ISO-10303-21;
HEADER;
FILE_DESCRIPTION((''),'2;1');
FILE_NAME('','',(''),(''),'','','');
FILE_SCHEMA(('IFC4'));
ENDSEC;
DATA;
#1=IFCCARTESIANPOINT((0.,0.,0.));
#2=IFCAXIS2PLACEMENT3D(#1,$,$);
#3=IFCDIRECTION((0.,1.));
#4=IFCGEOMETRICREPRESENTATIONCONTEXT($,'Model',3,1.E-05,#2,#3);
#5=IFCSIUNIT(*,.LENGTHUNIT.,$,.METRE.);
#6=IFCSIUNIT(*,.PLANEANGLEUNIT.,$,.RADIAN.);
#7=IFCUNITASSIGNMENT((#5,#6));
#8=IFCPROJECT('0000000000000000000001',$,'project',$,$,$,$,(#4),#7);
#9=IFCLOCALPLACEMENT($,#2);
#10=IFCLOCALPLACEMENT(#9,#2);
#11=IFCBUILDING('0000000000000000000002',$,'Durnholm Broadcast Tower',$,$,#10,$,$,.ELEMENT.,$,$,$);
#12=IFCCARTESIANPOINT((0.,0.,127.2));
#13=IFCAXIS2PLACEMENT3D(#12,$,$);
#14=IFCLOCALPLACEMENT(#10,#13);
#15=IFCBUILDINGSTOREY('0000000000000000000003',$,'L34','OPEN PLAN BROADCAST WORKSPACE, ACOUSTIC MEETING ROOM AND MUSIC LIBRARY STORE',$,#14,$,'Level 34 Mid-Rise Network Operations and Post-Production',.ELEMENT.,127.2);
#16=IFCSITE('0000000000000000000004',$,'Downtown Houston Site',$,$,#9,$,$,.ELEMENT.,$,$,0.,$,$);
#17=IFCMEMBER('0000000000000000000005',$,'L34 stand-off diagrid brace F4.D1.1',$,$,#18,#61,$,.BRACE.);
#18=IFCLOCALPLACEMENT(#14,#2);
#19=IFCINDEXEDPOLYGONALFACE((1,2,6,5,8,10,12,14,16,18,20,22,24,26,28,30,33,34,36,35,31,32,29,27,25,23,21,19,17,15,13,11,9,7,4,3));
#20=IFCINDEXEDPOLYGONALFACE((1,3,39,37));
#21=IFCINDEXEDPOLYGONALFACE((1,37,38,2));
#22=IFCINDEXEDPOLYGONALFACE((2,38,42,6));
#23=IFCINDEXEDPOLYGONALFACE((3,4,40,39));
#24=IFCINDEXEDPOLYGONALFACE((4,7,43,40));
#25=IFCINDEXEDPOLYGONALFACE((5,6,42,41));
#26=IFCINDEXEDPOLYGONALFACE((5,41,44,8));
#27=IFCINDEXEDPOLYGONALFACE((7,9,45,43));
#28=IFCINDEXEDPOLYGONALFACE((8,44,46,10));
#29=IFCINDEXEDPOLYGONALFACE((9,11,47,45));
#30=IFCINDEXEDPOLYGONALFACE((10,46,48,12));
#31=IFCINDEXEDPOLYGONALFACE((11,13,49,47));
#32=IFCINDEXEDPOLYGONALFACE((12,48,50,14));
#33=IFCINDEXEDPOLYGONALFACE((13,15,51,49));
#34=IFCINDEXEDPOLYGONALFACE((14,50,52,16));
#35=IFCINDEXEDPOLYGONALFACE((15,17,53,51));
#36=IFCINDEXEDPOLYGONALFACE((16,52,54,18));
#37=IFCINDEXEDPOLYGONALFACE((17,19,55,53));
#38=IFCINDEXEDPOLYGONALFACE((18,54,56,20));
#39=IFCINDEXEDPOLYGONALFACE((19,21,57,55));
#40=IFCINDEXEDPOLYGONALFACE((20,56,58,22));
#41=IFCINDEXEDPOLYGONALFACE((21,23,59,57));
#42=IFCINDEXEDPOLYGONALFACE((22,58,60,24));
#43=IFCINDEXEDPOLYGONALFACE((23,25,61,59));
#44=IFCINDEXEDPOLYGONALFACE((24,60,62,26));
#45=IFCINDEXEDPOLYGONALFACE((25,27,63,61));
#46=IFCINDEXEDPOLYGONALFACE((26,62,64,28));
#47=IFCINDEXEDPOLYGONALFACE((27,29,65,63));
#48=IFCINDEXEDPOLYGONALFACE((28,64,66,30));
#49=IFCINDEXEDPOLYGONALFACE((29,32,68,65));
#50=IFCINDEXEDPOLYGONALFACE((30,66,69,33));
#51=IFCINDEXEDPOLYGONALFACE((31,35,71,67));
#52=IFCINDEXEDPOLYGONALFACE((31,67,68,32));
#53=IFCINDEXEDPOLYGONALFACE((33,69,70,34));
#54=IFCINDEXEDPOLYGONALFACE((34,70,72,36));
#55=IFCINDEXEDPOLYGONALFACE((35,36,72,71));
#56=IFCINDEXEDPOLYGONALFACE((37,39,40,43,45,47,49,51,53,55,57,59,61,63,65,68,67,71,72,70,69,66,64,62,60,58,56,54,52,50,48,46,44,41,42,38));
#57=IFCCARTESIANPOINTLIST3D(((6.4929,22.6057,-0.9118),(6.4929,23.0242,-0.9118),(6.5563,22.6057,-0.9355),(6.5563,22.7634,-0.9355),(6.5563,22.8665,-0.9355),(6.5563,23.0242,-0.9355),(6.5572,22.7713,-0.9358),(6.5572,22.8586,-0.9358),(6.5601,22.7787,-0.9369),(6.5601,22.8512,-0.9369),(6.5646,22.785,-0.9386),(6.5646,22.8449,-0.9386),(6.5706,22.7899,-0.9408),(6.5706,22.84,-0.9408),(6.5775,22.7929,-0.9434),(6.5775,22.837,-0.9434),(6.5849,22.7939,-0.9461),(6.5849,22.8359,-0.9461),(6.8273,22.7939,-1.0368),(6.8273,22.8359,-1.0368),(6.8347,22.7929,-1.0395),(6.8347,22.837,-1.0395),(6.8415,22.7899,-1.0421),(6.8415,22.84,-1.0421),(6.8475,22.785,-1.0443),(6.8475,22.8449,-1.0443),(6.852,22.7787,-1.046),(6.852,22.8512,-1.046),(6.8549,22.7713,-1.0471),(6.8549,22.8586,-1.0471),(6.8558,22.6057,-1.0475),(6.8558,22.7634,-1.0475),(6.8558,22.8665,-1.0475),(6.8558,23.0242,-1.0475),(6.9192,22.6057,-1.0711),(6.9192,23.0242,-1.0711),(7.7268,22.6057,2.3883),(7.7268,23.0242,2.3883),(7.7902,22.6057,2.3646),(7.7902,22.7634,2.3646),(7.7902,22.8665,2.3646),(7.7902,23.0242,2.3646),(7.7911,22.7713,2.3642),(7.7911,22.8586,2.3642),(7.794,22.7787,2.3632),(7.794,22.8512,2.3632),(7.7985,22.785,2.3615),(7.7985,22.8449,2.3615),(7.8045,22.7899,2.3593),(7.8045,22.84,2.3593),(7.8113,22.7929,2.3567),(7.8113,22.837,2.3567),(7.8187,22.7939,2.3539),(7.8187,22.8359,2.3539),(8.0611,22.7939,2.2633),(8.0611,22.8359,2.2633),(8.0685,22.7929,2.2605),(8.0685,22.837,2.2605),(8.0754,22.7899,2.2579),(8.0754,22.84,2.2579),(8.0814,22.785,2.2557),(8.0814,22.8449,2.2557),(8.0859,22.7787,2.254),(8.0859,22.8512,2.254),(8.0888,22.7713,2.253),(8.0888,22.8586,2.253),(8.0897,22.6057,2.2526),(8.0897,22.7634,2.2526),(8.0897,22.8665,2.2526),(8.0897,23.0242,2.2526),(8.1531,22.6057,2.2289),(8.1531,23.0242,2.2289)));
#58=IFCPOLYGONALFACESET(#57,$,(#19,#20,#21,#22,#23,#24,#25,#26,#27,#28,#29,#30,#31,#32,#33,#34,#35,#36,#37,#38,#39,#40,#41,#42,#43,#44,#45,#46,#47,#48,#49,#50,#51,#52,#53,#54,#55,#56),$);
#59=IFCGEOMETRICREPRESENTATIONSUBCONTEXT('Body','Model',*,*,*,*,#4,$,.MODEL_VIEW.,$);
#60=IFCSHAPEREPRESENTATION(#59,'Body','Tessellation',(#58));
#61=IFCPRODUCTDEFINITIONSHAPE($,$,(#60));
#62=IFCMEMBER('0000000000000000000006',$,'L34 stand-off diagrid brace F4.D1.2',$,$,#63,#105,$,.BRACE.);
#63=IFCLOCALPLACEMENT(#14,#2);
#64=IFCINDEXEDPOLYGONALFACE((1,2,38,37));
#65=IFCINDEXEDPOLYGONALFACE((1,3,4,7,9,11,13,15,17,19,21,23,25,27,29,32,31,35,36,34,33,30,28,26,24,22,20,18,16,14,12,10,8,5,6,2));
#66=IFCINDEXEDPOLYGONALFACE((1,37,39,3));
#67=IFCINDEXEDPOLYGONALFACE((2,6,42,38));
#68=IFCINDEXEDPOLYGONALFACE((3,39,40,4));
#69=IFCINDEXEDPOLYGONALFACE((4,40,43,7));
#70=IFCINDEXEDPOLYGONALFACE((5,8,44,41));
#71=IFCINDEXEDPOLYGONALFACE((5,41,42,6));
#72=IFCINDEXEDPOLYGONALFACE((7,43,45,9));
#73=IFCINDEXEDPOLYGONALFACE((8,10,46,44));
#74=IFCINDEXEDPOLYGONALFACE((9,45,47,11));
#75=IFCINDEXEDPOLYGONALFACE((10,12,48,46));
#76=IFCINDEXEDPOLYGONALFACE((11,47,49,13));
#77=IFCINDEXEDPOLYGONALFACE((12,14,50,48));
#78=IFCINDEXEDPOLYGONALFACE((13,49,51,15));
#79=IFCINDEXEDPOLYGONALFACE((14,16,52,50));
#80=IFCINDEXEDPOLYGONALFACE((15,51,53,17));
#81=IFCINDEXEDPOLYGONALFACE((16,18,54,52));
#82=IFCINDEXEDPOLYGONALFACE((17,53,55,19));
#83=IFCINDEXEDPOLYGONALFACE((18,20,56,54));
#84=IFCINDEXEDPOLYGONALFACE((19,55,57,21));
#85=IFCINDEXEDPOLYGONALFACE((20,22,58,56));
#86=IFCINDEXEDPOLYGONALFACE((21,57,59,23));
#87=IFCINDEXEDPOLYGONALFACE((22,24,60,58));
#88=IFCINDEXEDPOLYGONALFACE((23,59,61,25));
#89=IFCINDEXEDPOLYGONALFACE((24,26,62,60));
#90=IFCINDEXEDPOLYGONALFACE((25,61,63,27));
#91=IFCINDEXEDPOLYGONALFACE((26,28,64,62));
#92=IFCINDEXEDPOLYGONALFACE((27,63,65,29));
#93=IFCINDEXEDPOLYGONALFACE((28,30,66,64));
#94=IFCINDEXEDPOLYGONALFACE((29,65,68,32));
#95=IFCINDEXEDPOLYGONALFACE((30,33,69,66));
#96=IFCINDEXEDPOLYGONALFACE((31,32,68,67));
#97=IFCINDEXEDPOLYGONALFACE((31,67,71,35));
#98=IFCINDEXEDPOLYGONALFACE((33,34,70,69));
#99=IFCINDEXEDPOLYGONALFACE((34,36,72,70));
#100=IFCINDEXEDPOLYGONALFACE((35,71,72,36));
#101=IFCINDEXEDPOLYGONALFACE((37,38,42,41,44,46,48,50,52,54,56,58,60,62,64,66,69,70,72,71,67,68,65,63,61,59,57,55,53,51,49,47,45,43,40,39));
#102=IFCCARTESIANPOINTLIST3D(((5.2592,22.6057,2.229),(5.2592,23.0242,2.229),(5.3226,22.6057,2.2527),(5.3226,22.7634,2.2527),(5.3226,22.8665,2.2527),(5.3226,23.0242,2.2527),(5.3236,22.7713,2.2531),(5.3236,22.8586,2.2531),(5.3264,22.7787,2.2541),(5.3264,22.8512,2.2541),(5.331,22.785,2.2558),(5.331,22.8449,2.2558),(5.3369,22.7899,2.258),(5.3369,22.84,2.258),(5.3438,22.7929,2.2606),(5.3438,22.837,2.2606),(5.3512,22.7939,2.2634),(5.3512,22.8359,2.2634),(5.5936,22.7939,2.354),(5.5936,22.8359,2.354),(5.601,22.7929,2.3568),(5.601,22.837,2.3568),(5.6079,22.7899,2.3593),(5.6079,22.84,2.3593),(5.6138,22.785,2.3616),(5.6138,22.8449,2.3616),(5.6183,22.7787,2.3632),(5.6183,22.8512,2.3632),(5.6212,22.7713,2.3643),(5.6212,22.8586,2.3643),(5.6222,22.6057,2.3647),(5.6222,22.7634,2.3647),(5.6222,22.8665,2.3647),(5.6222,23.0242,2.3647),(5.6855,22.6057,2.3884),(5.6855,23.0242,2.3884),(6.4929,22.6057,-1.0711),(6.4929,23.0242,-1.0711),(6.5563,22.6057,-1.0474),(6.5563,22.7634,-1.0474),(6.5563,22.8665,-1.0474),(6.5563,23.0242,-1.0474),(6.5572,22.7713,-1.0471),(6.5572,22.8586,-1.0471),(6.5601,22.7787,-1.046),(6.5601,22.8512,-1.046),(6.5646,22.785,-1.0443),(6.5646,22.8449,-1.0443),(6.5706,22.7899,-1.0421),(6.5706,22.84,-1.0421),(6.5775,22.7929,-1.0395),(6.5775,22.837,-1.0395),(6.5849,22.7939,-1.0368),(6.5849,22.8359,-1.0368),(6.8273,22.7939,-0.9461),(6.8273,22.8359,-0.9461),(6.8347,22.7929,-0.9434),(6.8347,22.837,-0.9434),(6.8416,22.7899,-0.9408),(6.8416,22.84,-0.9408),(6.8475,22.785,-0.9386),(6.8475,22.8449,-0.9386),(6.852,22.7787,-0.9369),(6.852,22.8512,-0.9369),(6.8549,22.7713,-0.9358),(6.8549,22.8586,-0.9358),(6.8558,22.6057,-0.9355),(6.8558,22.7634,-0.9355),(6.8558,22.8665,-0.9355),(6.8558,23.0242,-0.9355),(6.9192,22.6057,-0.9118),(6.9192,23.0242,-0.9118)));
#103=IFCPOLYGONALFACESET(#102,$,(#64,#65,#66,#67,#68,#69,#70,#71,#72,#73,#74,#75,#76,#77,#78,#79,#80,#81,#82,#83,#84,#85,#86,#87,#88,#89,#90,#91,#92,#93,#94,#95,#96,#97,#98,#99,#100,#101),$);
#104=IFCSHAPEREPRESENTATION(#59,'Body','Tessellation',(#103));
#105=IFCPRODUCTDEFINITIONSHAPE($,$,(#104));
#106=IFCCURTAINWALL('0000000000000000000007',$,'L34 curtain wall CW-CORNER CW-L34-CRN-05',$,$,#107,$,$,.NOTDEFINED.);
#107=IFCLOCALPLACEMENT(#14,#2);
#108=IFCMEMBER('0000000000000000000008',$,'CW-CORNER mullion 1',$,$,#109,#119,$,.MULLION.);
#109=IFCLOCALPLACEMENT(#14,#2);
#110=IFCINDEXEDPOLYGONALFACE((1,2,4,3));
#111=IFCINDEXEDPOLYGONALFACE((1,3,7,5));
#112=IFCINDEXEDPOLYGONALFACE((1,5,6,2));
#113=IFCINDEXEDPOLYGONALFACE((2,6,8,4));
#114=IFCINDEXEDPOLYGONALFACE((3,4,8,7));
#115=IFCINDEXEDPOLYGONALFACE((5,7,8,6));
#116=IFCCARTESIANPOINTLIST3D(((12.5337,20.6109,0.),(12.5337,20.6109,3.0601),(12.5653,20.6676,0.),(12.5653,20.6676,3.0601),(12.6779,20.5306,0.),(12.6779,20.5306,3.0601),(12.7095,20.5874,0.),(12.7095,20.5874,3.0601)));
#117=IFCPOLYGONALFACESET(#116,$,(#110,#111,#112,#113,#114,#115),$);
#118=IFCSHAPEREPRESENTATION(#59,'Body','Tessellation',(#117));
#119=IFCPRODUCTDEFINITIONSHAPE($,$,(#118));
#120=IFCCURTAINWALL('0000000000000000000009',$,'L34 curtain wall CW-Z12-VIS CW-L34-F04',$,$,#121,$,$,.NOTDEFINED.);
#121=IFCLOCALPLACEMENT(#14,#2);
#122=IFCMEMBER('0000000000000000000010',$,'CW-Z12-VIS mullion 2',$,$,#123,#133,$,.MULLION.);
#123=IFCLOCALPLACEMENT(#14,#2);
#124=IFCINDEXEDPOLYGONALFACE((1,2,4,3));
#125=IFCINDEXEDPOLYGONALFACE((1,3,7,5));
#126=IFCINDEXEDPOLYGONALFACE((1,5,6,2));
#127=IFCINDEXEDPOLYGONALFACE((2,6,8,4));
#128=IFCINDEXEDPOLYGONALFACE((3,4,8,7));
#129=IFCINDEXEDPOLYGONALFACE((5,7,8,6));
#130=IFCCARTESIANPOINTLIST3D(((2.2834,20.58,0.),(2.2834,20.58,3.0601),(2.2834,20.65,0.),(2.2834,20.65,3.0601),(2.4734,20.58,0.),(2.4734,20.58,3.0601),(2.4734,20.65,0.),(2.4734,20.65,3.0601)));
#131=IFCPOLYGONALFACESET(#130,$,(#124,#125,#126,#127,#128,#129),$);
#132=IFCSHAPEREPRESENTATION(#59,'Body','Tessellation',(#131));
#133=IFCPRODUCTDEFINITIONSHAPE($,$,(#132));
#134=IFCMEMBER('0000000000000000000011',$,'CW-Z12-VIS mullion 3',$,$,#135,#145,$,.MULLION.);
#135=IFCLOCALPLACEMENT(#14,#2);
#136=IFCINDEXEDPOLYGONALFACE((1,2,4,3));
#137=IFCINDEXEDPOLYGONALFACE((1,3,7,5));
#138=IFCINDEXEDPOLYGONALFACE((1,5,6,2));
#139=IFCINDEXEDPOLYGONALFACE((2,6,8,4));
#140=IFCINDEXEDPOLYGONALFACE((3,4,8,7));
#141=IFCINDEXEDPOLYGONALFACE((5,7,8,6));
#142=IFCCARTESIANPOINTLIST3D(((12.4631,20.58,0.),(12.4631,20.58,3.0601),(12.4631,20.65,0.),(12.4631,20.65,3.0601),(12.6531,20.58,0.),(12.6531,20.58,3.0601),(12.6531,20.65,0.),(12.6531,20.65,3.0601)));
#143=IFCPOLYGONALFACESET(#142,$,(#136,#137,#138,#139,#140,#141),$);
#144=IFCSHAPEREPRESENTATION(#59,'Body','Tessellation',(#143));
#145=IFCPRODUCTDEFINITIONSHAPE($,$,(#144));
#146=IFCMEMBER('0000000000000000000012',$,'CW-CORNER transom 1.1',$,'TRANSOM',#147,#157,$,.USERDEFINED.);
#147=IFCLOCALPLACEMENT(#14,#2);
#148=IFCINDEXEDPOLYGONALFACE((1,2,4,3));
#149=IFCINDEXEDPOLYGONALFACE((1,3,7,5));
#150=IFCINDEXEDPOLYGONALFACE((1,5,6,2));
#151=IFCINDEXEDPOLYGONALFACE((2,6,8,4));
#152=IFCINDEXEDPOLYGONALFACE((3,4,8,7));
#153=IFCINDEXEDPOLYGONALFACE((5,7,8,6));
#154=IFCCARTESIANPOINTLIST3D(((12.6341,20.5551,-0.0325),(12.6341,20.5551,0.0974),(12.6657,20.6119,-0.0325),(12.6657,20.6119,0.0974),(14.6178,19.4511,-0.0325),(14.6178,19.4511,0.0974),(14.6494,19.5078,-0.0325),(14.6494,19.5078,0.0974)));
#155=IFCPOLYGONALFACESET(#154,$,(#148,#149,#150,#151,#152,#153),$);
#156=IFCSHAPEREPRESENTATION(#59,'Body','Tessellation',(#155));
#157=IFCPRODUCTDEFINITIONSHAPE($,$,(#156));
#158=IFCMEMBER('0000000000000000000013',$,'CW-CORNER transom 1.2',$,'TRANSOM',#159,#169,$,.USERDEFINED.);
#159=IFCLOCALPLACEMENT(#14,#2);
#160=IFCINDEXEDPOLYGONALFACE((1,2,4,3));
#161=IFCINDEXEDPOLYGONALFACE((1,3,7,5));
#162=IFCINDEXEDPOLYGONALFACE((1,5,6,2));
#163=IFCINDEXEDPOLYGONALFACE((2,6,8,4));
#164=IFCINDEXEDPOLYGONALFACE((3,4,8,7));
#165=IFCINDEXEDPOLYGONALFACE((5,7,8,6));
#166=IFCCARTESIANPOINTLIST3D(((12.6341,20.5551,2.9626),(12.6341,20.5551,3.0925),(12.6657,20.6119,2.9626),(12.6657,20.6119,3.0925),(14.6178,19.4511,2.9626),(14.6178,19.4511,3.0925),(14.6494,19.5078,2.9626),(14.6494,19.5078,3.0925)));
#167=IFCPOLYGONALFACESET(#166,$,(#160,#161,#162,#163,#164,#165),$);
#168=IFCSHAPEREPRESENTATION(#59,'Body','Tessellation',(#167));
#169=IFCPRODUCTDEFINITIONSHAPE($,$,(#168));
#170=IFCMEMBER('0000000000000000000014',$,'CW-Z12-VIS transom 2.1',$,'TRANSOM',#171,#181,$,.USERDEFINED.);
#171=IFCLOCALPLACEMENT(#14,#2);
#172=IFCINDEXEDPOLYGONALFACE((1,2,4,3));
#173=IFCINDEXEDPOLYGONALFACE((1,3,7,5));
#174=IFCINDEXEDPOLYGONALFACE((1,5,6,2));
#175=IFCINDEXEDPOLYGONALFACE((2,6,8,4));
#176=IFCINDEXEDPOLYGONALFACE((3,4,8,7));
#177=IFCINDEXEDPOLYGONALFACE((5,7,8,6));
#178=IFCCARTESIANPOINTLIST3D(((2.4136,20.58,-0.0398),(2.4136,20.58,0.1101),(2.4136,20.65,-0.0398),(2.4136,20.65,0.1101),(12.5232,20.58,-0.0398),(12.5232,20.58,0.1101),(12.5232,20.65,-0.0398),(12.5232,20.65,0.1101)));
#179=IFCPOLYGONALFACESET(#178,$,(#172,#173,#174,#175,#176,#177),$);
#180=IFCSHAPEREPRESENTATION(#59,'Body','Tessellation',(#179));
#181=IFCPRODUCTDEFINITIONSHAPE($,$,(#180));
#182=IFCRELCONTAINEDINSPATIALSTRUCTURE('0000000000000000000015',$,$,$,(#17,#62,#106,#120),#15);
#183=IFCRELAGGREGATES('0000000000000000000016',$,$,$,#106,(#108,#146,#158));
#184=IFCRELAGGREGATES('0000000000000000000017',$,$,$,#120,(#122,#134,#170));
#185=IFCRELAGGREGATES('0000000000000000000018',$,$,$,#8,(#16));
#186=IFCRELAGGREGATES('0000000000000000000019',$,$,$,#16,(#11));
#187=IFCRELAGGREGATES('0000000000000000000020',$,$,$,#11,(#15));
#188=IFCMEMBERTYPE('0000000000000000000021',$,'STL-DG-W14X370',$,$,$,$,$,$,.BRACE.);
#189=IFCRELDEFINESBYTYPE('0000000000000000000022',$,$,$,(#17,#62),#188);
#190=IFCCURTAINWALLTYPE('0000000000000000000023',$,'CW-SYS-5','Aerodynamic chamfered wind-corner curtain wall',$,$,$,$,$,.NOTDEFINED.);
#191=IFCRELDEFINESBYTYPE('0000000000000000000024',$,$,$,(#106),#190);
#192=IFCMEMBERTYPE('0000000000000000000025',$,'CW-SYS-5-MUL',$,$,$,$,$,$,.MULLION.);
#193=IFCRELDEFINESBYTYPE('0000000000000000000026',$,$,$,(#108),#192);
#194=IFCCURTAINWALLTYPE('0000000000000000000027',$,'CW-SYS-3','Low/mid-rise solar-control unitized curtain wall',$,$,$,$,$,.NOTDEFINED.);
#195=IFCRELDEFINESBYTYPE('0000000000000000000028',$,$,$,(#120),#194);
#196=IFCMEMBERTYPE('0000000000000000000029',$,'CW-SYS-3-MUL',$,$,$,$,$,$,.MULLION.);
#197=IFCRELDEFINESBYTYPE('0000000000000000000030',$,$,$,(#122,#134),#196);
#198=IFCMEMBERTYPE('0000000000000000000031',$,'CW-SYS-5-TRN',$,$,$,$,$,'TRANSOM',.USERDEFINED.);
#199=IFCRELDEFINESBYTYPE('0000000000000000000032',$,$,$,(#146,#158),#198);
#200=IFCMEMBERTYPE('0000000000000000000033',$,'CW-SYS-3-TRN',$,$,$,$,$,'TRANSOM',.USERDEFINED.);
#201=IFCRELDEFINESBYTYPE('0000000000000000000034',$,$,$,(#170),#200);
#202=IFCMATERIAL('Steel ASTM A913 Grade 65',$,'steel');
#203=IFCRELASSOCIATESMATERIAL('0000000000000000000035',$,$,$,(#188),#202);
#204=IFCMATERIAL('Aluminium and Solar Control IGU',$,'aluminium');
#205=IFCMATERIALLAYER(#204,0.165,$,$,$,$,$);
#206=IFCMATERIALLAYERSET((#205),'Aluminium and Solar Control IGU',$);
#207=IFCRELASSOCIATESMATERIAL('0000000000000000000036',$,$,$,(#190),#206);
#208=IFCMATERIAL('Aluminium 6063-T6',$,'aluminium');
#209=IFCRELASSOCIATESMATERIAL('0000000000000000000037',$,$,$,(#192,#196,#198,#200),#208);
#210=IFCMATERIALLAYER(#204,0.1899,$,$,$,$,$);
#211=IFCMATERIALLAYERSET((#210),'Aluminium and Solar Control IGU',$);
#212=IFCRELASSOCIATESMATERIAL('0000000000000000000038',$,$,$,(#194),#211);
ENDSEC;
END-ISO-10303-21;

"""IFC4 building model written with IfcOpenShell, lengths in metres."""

from ifc_helpers import new_model, si_unit, direction, frame, origin, origin_2d, place, context, subcontext, project, spatial, rectangle, i_section, extrude, source, transform, mapped, material, layer, layer_set, material_profile, profile_set, type_object, type_shapes, element, aggregate, save


model = new_model("IFC4")

# Units and contexts
model_context = context("Model", 3, precision=1e-05, world=origin(), true_north=direction((0.0, 1.0)))
body_context = subcontext(model_context, "Body", "Model", "MODEL_VIEW")
ifc_project = project(units=[si_unit("LENGTHUNIT", "METRE"), si_unit("PLANEANGLEUNIT", "RADIAN")], contexts=[model_context])

# Site, building, storey
site_placement = place(None, origin())
site = spatial("IfcSite", under=ifc_project, at=site_placement, Name="Downtown Houston Site", CompositionType="ELEMENT", RefElevation=0.0)
building_placement = place(site_placement, origin())
building = spatial("IfcBuilding", under=site, at=building_placement, Name="Durnholm Broadcast Tower", CompositionType="ELEMENT")
storey_placement = place(building_placement, frame((0.0, 0.0, 127.2)))
storey = spatial("IfcBuildingStorey", under=building, at=storey_placement, Name="L34", Description="OPEN PLAN BROADCAST WORKSPACE, ACOUSTIC MEETING ROOM AND MUSIC LIBRARY STORE", LongName="Level 34 Mid-Rise Network Operations and Post-Production", CompositionType="ELEMENT", Elevation=127.2)

# Members
ifc_material_1 = material(Name="Steel ASTM A913 Grade 65", Category="steel")
ifc_material_profile_1 = material_profile(ifc_material_1, i_section(OverallWidth=0.4185, OverallDepth=0.4551, WebThickness=0.042, FlangeThickness=0.0676, FilletRadius=0.0305, at=origin_2d()), Name="W14X370")
ifc_profile_set_1 = profile_set([ifc_material_profile_1], Name="Steel ASTM A913 Grade 65")
member_type_1 = type_object("IfcMemberType", Name="STL-DG-W14X370", PredefinedType="BRACE", material=ifc_profile_set_1)
shared_shape_1 = source(origin(), body_context, "Body", "SweptSolid", [
    extrude(i_section(OverallWidth=0.4185, OverallDepth=0.4551, WebThickness=0.042, FlangeThickness=0.0676, FilletRadius=0.0305, at=origin_2d()), origin(), (0.0, 0.0, 1.0), 3.5232),
])
type_shapes(member_type_1, [shared_shape_1])
for number, where, z_axis, x_axis, name in (
    (1, (6.7061, 22.8149, -0.9915), (0.35022, 0.0, 0.936668), (0.0, 1.0, 0.0), "L34 stand-off diagrid brace F4.D1.1"),
    (2, (6.7061, 22.8149, -0.9915), (-0.350159, 0.0, 0.93669), (0.0, -1.0, 0.0), "L34 stand-off diagrid brace F4.D1.2"),
):
    element("IfcMember", number, at=place(storey_placement, frame(where, z_axis=z_axis, x_axis=x_axis)), inside=storey, type_object=member_type_1, Name=name, PredefinedType="BRACE", context=body_context, shape_type="MappedRepresentation", body=[
        mapped(shared_shape_1, transform((0.0, 0.0, 0.0), x_axis=(1.0, 0.0, 0.0), y_axis=(0.0, 1.0, 0.0), z_axis=(0.0, 0.0, 1.0), scale=1.0)),
    ])

# Curtain wall, member
ifc_material_2 = material(Name="Aluminium and Solar Control IGU", Category="aluminium")
ifc_layer_1 = layer(ifc_material_2, 0.165)
ifc_layer_set_1 = layer_set([ifc_layer_1], Name="Aluminium and Solar Control IGU")
curtain_wall_type_1 = type_object("IfcCurtainWallType", Name="CW-SYS-5", Description="Aerodynamic chamfered wind-corner curtain wall", PredefinedType="NOTDEFINED", material=ifc_layer_set_1)
curtain_wall_1_placement = place(storey_placement, origin())
curtain_wall_1 = element("IfcCurtainWall", 3, at=curtain_wall_1_placement, inside=storey, type_object=curtain_wall_type_1, Name="L34 curtain wall CW-CORNER CW-L34-CRN-05", PredefinedType="NOTDEFINED")
ifc_material_3 = material(Name="Aluminium 6063-T6", Category="aluminium")
ifc_material_profile_2 = material_profile(ifc_material_3, rectangle(XDim=0.0649, YDim=0.165, at=origin_2d()), Name="CWM65X165")
ifc_profile_set_2 = profile_set([ifc_material_profile_2], Name="Aluminium 6063-T6")
member_type_2 = type_object("IfcMemberType", Name="CW-SYS-5-MUL", PredefinedType="MULLION", material=ifc_profile_set_2)
shared_shape_2 = source(origin(), body_context, "Body", "SweptSolid", [
    extrude(rectangle(XDim=0.0649, YDim=0.165, at=origin_2d()), origin(), (0.0, 0.0, 1.0), 3.0601),
])
type_shapes(member_type_2, [shared_shape_2])
member_1_placement = place(storey_placement, frame((12.6216, 20.5991, 0.0), z_axis=(0.0, 0.0, 1.0), x_axis=(0.486244, 0.873823, 0.0)))
member_1 = element("IfcMember", 4, at=member_1_placement, type_object=member_type_2, Name="CW-CORNER mullion 1", PredefinedType="MULLION", context=body_context, shape_type="MappedRepresentation", body=[
    mapped(shared_shape_2, transform((0.0, 0.0, 0.0), x_axis=(1.0, 0.0, 0.0), y_axis=(0.0, 1.0, 0.0), z_axis=(0.0, 0.0, 1.0), scale=1.0)),
])

# Curtain wall, members
ifc_layer_2 = layer(ifc_material_2, 0.1899)
ifc_layer_set_2 = layer_set([ifc_layer_2], Name="Aluminium and Solar Control IGU")
curtain_wall_type_2 = type_object("IfcCurtainWallType", Name="CW-SYS-3", Description="Low/mid-rise solar-control unitized curtain wall", PredefinedType="NOTDEFINED", material=ifc_layer_set_2)
curtain_wall_2_placement = place(storey_placement, origin())
curtain_wall_2 = element("IfcCurtainWall", 5, at=curtain_wall_2_placement, inside=storey, type_object=curtain_wall_type_2, Name="L34 curtain wall CW-Z12-VIS CW-L34-F04", PredefinedType="NOTDEFINED")
ifc_material_profile_3 = material_profile(ifc_material_3, rectangle(XDim=0.0701, YDim=0.1899, at=origin_2d()), Name="CWM70X190")
ifc_profile_set_3 = profile_set([ifc_material_profile_3], Name="Aluminium 6063-T6")
member_type_3 = type_object("IfcMemberType", Name="CW-SYS-3-MUL", PredefinedType="MULLION", material=ifc_profile_set_3)
shared_shape_3 = source(origin(), body_context, "Body", "SweptSolid", [
    extrude(rectangle(XDim=0.0701, YDim=0.1899, at=origin_2d()), origin(), (0.0, 0.0, 1.0), 3.0601),
])
type_shapes(member_type_3, [shared_shape_3])
member_2_placement = place(storey_placement, frame((2.3784, 20.615, 0.0), z_axis=(0.0, 0.0, 1.0), x_axis=(0.0, 1.0, 0.0)))
member_2 = element("IfcMember", 6, at=member_2_placement, type_object=member_type_3, Name="CW-Z12-VIS mullion 2", PredefinedType="MULLION", context=body_context, shape_type="MappedRepresentation", body=[
    mapped(shared_shape_3, transform((0.0, 0.0, 0.0), x_axis=(1.0, 0.0, 0.0), y_axis=(0.0, 1.0, 0.0), z_axis=(0.0, 0.0, 1.0), scale=1.0)),
])
member_3_placement = place(storey_placement, frame((12.5581, 20.615, 0.0), z_axis=(0.0, 0.0, 1.0), x_axis=(0.0, 1.0, 0.0)))
member_3 = element("IfcMember", 7, at=member_3_placement, type_object=member_type_3, Name="CW-Z12-VIS mullion 3", PredefinedType="MULLION", context=body_context, shape_type="MappedRepresentation", body=[
    mapped(shared_shape_3, transform((0.0, 0.0, 0.0), x_axis=(1.0, 0.0, 0.0), y_axis=(0.0, 1.0, 0.0), z_axis=(0.0, 0.0, 1.0), scale=1.0)),
])

# Members
ifc_material_profile_4 = material_profile(ifc_material_3, rectangle(XDim=0.0649, YDim=0.1299, at=origin_2d()), Name="CWT65X130")
ifc_profile_set_4 = profile_set([ifc_material_profile_4], Name="Aluminium 6063-T6")
member_type_4 = type_object("IfcMemberType", Name="CW-SYS-5-TRN", ElementType="TRANSOM", PredefinedType="USERDEFINED", material=ifc_profile_set_4)
shared_shape_4 = source(origin(), body_context, "Body", "SweptSolid", [
    extrude(rectangle(XDim=0.0649, YDim=0.1299, at=origin_2d()), origin(), (0.0, 0.0, 1.0), 2.2703),
])
type_shapes(member_type_4, [shared_shape_4])
member_4_placement = place(storey_placement, frame((12.6499, 20.5835, 0.0325), z_axis=(0.873787, -0.486309, 0.0), x_axis=(0.486309, 0.873787, 0.0)))
member_4 = element("IfcMember", 8, at=member_4_placement, type_object=member_type_4, Name="CW-CORNER transom 1.1", ObjectType="TRANSOM", PredefinedType="USERDEFINED", context=body_context, shape_type="MappedRepresentation", body=[
    mapped(shared_shape_4, transform((0.0, 0.0, 0.0), x_axis=(1.0, 0.0, 0.0), y_axis=(0.0, 1.0, 0.0), z_axis=(0.0, 0.0, 1.0), scale=1.0)),
])
member_5_placement = place(storey_placement, frame((12.6499, 20.5835, 3.0276), z_axis=(0.873787, -0.486309, 0.0), x_axis=(0.486309, 0.873787, 0.0)))
member_5 = element("IfcMember", 9, at=member_5_placement, type_object=member_type_4, Name="CW-CORNER transom 1.2", ObjectType="TRANSOM", PredefinedType="USERDEFINED", context=body_context, shape_type="MappedRepresentation", body=[
    mapped(shared_shape_4, transform((0.0, 0.0, 0.0), x_axis=(1.0, 0.0, 0.0), y_axis=(0.0, 1.0, 0.0), z_axis=(0.0, 0.0, 1.0), scale=1.0)),
])
aggregate(curtain_wall_1, [member_1, member_4, member_5])
ifc_material_profile_5 = material_profile(ifc_material_3, rectangle(XDim=0.0701, YDim=0.1499, at=origin_2d()), Name="CWT70X150")
ifc_profile_set_5 = profile_set([ifc_material_profile_5], Name="Aluminium 6063-T6")
member_type_5 = type_object("IfcMemberType", Name="CW-SYS-3-TRN", ElementType="TRANSOM", PredefinedType="USERDEFINED", material=ifc_profile_set_5)
shared_shape_5 = source(origin(), body_context, "Body", "SweptSolid", [
    extrude(rectangle(XDim=0.0701, YDim=0.1499, at=origin_2d()), origin(), (0.0, 0.0, 1.0), 10.1096),
])
type_shapes(member_type_5, [shared_shape_5])
member_6_placement = place(storey_placement, frame((2.4136, 20.615, 0.0352), z_axis=(1.0, 0.0, 0.0), x_axis=(0.0, 1.0, 0.0)))
member_6 = element("IfcMember", 10, at=member_6_placement, type_object=member_type_5, Name="CW-Z12-VIS transom 2.1", ObjectType="TRANSOM", PredefinedType="USERDEFINED", context=body_context, shape_type="MappedRepresentation", body=[
    mapped(shared_shape_5, transform((0.0, 0.0, 0.0), x_axis=(1.0, 0.0, 0.0), y_axis=(0.0, 1.0, 0.0), z_axis=(0.0, 0.0, 1.0), scale=1.0)),
])

aggregate(curtain_wall_2, [member_2, member_3, member_6])

save(model, "model.ifc")
